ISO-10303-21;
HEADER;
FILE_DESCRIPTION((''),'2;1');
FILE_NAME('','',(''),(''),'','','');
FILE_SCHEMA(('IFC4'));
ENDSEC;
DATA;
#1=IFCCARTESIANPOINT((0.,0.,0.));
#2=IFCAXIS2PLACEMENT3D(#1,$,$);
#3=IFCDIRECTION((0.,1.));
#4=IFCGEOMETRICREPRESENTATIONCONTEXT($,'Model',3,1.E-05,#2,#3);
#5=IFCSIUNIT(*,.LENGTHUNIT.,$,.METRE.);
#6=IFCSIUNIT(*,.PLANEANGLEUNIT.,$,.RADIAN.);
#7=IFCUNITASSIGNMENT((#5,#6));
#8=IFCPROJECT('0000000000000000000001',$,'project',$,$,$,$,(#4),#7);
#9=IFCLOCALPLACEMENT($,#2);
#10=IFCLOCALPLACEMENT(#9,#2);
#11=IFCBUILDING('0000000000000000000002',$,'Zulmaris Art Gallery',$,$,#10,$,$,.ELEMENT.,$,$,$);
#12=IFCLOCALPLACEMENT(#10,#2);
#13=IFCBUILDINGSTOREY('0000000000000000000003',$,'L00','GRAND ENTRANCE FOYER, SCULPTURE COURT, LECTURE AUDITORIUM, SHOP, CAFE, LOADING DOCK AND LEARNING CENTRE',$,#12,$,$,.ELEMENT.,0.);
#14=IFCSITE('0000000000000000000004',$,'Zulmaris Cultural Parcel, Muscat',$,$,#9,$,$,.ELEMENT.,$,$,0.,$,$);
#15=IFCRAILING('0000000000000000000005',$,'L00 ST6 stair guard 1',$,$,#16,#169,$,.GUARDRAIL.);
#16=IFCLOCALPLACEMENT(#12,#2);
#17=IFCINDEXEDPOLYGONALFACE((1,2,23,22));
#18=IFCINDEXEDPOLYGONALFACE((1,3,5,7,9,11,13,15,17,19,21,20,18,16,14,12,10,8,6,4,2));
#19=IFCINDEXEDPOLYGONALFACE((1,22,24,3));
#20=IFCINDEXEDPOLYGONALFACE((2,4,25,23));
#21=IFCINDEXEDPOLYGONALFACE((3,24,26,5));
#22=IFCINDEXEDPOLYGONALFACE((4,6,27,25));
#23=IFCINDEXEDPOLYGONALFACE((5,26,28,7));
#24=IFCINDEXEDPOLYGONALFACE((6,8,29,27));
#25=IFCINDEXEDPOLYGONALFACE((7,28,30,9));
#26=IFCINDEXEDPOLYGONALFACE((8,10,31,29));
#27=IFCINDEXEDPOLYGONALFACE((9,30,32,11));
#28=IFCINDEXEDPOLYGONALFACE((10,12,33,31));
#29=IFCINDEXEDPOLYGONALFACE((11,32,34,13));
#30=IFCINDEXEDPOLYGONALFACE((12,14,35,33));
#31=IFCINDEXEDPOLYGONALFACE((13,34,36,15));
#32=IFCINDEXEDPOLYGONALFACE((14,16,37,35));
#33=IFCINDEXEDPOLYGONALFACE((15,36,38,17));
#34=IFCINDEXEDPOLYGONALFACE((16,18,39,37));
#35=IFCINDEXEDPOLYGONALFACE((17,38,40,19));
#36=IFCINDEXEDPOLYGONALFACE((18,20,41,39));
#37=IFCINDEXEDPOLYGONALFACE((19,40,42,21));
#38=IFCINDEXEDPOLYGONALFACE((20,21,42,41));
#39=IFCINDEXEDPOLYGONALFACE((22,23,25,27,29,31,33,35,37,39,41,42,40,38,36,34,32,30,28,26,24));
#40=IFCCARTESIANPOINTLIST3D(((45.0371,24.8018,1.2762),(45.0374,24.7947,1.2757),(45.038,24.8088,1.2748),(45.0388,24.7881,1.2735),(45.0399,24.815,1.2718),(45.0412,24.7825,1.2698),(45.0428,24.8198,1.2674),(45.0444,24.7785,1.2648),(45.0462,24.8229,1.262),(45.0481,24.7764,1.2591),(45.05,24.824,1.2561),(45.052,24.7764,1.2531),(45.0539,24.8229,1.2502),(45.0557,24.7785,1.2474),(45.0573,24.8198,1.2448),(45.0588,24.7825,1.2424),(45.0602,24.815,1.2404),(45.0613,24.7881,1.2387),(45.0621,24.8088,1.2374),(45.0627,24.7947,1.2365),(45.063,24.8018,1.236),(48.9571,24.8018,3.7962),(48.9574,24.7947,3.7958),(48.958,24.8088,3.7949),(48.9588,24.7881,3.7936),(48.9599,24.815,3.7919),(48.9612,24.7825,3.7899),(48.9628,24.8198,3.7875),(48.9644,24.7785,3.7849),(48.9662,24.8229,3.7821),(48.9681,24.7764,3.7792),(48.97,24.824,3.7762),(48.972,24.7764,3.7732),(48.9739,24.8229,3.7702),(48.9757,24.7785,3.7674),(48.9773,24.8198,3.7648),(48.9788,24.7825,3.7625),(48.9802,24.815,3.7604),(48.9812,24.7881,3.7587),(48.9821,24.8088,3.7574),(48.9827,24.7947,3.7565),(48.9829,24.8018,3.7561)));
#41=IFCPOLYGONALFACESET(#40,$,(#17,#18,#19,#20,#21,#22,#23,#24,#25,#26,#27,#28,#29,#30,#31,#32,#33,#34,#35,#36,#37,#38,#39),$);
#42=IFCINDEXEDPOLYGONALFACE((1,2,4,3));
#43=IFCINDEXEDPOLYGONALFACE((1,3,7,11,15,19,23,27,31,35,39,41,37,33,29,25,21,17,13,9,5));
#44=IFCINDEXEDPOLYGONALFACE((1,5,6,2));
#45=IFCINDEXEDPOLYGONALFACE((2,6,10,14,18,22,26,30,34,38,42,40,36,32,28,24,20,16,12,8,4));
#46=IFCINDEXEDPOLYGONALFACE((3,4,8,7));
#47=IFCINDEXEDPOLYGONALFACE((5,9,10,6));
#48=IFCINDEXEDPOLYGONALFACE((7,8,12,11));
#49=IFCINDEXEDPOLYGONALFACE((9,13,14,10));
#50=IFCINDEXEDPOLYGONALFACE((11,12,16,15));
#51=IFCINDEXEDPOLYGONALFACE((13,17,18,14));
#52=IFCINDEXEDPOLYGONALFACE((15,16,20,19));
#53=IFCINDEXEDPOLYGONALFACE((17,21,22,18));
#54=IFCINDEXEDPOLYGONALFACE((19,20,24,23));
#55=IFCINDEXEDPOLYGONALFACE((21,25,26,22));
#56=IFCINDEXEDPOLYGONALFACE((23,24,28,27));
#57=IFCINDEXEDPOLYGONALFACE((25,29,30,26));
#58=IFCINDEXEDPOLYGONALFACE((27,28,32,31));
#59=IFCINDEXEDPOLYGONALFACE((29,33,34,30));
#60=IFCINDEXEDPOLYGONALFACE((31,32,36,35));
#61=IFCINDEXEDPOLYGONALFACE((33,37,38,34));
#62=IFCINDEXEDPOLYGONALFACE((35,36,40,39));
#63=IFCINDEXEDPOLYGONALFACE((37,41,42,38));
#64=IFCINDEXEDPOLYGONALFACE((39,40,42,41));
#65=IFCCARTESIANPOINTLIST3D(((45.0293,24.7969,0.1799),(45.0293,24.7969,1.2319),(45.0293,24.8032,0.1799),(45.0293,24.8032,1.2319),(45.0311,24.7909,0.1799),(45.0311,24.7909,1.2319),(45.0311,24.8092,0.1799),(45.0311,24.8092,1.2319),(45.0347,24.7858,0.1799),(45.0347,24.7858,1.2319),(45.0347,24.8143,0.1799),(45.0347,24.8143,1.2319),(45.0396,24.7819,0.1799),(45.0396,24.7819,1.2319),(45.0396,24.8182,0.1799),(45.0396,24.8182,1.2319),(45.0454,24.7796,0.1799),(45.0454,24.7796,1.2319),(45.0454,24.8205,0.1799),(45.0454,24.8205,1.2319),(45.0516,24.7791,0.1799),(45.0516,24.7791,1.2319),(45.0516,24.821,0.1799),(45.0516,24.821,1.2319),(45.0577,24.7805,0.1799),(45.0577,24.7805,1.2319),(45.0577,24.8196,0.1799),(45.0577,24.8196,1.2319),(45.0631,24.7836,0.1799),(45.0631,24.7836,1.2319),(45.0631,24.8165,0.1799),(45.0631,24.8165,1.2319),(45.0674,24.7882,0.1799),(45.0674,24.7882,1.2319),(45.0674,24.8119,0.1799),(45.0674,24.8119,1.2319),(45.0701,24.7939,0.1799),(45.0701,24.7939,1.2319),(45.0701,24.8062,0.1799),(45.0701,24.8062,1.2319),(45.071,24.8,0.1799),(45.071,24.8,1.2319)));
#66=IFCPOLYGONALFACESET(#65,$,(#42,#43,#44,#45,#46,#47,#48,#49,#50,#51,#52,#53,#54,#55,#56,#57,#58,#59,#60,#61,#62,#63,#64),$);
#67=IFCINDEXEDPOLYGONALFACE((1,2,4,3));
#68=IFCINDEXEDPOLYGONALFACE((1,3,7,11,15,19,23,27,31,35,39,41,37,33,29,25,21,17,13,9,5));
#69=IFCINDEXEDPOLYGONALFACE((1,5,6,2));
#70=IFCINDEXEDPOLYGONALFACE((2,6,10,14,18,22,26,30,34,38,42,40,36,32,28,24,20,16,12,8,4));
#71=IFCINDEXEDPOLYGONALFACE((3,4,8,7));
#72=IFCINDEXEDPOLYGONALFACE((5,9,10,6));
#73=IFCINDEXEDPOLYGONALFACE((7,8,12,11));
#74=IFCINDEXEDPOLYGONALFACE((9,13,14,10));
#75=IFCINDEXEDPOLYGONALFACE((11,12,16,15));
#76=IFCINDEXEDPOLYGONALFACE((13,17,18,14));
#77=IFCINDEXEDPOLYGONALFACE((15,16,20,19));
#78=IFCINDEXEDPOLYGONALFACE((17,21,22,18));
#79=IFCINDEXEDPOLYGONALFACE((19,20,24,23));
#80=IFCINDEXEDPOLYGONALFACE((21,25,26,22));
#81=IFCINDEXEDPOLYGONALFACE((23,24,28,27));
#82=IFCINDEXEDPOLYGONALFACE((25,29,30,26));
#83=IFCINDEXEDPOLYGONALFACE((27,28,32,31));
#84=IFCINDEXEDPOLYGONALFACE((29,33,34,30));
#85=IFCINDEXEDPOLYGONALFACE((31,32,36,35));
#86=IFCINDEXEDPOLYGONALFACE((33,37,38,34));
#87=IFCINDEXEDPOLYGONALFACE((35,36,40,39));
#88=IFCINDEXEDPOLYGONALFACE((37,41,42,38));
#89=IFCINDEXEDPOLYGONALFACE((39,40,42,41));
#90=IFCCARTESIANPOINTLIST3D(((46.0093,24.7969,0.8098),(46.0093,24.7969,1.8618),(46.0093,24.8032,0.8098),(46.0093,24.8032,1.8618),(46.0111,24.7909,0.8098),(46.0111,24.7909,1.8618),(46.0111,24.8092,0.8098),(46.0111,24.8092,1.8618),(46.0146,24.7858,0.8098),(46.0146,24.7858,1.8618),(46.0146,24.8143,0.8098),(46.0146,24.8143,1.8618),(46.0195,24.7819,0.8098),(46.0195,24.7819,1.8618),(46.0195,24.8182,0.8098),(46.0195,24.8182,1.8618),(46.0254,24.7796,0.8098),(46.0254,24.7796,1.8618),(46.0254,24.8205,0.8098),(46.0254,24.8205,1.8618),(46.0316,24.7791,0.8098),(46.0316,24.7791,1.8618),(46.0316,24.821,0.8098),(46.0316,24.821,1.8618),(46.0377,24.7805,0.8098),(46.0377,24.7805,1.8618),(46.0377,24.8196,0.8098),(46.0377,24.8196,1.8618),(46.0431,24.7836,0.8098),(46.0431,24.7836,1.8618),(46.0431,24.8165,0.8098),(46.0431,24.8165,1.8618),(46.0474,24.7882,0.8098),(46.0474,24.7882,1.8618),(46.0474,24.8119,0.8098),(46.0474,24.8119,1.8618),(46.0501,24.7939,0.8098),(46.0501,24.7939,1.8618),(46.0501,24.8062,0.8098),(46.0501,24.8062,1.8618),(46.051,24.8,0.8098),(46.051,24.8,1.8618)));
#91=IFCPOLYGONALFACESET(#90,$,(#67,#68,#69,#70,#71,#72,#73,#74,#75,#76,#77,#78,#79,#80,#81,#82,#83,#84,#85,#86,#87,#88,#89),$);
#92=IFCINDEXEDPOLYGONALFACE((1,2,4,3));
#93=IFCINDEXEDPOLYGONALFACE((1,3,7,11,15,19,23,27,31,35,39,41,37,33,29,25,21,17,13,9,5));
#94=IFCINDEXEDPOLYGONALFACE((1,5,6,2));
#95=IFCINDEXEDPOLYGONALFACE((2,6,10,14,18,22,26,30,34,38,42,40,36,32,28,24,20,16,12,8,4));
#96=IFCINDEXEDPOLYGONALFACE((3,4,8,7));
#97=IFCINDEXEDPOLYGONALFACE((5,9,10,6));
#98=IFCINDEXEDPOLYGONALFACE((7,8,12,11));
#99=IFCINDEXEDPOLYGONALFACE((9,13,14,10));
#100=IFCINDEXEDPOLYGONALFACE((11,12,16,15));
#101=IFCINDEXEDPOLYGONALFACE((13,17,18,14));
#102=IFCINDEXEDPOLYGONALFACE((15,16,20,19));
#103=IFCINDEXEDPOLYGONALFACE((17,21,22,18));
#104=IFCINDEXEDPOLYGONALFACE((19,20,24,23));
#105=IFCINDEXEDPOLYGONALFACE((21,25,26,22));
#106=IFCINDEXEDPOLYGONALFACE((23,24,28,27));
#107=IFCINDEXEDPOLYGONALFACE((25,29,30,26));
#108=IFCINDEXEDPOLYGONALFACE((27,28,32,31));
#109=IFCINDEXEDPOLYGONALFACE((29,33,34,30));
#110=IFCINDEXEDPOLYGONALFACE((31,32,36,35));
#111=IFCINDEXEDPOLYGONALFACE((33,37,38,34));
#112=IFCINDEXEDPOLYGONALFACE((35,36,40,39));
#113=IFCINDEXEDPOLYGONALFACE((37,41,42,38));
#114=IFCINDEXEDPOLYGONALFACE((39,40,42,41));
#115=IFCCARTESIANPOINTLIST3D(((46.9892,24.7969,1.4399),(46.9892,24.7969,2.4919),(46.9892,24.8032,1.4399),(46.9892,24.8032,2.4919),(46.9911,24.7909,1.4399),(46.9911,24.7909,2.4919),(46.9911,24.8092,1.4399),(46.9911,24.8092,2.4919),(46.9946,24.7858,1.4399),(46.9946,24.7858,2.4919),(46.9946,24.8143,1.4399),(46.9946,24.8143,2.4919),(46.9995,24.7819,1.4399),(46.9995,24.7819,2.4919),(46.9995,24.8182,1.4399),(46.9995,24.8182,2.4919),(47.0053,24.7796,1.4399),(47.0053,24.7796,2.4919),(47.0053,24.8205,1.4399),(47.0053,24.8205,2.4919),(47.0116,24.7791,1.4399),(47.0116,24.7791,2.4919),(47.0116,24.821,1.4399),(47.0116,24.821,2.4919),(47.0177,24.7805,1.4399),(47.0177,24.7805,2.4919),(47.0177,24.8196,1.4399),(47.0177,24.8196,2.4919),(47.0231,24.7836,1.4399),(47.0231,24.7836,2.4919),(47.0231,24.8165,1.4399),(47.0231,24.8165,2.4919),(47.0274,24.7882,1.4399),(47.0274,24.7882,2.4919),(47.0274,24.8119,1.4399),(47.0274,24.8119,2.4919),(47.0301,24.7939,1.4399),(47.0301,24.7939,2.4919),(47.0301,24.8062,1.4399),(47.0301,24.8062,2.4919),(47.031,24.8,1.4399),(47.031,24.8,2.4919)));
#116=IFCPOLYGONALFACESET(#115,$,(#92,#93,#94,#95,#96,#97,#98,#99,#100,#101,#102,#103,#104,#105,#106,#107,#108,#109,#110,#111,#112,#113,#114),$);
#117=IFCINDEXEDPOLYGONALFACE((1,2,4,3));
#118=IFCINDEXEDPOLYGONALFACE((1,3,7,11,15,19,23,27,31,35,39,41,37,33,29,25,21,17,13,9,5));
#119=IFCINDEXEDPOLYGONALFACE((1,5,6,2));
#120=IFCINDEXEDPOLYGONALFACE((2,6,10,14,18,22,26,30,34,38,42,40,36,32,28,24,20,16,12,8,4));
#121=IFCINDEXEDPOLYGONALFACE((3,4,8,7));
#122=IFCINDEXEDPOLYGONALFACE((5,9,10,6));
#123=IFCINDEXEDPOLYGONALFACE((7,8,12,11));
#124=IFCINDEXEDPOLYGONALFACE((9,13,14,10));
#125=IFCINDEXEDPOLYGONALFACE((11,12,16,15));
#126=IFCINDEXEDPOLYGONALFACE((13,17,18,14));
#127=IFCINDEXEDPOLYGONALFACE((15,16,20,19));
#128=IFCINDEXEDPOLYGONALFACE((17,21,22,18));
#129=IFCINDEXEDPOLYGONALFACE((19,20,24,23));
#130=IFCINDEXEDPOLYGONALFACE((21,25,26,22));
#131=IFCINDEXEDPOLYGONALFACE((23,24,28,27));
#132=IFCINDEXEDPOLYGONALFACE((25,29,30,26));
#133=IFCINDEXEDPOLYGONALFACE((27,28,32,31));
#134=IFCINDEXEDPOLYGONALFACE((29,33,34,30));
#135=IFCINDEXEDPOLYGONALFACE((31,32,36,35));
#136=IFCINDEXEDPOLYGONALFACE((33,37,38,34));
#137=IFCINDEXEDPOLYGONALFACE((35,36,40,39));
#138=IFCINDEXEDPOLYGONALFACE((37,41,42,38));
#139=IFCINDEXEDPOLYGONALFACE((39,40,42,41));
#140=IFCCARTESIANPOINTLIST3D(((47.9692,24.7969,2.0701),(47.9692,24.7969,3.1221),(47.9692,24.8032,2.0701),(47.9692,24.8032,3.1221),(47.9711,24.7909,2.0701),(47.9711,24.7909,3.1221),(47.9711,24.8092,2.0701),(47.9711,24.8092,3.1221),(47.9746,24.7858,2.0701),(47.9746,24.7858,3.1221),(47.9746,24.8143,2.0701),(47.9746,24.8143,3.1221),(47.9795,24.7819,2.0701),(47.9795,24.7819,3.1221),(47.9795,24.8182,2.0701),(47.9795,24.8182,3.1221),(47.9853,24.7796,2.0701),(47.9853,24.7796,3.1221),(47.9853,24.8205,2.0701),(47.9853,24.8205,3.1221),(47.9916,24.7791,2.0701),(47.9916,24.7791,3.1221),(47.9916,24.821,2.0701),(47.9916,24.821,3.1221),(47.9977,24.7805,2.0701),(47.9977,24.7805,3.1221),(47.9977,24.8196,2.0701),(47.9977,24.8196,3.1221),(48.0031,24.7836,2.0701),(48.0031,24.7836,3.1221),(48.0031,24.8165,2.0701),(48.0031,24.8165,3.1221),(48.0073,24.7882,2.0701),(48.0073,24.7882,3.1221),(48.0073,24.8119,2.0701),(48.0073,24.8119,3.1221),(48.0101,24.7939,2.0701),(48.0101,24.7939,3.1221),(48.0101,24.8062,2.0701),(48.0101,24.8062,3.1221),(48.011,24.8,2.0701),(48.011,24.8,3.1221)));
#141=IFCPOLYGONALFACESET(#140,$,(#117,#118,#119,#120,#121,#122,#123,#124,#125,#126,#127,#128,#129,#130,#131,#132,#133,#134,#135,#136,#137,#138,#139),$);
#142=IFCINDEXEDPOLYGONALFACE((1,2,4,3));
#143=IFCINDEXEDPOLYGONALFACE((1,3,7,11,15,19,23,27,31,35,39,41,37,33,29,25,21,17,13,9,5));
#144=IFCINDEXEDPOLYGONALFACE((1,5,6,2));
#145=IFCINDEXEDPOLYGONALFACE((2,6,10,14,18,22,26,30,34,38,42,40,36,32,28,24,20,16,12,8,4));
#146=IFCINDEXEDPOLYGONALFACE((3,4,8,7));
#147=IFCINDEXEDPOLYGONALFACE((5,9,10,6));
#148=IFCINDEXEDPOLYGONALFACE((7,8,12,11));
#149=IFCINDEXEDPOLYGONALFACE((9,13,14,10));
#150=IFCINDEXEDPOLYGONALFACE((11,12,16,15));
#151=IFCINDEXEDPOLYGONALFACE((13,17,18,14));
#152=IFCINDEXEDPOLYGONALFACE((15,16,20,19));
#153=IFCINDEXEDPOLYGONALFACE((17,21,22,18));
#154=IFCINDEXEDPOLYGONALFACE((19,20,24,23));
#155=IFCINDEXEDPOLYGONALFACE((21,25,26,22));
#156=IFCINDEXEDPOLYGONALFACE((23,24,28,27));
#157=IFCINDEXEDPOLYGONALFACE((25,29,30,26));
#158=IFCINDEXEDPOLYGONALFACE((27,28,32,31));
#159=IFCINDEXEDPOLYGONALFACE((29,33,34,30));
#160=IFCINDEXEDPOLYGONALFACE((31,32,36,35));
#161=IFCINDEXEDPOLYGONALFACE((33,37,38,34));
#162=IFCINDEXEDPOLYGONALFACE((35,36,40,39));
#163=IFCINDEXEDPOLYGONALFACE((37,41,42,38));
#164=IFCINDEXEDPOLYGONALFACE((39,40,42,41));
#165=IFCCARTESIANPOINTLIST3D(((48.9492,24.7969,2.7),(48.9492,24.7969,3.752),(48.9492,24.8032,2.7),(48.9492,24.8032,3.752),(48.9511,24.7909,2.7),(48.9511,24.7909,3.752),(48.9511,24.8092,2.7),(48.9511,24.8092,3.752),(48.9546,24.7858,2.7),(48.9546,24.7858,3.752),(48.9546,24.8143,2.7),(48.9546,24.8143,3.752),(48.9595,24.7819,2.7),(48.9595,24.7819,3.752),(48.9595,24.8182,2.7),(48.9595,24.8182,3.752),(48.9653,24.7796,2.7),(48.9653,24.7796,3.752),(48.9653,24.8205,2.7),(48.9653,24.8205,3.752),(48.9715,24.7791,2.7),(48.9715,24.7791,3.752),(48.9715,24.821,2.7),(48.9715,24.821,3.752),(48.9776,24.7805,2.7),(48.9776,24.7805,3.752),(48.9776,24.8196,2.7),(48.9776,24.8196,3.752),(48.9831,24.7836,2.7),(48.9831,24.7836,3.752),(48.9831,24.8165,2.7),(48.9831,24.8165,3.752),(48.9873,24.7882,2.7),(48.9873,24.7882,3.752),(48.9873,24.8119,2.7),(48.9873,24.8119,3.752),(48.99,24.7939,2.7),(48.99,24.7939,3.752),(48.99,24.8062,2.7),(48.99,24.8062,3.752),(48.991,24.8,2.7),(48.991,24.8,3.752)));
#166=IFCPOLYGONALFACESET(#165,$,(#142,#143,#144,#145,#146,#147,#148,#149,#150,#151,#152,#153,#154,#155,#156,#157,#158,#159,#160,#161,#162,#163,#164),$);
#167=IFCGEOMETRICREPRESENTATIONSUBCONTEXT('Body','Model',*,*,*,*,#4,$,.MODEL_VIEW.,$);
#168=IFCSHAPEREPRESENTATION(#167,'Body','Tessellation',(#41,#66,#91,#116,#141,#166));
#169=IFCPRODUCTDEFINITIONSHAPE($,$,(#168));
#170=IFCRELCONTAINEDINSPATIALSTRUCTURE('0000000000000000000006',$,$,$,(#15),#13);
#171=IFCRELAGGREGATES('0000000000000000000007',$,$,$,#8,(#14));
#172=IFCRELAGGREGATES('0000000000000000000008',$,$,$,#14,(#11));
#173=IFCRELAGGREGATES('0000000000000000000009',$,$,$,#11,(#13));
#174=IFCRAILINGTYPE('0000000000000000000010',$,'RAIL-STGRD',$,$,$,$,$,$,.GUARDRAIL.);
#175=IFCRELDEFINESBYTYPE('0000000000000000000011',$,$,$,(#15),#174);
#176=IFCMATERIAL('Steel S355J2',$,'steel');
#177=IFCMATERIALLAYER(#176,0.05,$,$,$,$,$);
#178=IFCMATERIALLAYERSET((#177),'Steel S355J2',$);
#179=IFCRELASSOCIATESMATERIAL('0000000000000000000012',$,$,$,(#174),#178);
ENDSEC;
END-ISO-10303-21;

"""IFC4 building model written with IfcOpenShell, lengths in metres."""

from ifc_helpers import new_model, si_unit, direction, frame, origin, origin_2d, place, context, subcontext, project, spatial, circle, extrude, material, layer, layer_set, type_object, element, save


model = new_model("IFC4")

# Units and contexts
model_context = context("Model", 3, precision=1e-05, world=origin(), true_north=direction((0.0, 1.0)))
body_context = subcontext(model_context, "Body", "Model", "MODEL_VIEW")
ifc_project = project(units=[si_unit("LENGTHUNIT", "METRE"), si_unit("PLANEANGLEUNIT", "RADIAN")], contexts=[model_context])

# Site, building, storey
site_placement = place(None, origin())
site = spatial("IfcSite", under=ifc_project, at=site_placement, Name="Zulmaris Cultural Parcel, Muscat", CompositionType="ELEMENT", RefElevation=0.0)
building_placement = place(site_placement, origin())
building = spatial("IfcBuilding", under=site, at=building_placement, Name="Zulmaris Art Gallery", CompositionType="ELEMENT")
storey_placement = place(building_placement, origin())
storey = spatial("IfcBuildingStorey", under=building, at=storey_placement, Name="L00", Description="GRAND ENTRANCE FOYER, SCULPTURE COURT, LECTURE AUDITORIUM, SHOP, CAFE, LOADING DOCK AND LEARNING CENTRE", CompositionType="ELEMENT", Elevation=0.0)

# Shared definitions
ifc_material_1 = material(Name="Steel S355J2", Category="steel")

# Railing
ifc_layer_1 = layer(ifc_material_1, 0.05)
ifc_layer_set_1 = layer_set([ifc_layer_1], Name="Steel S355J2")
railing_type_1 = type_object("IfcRailingType", Name="RAIL-STGRD", PredefinedType="GUARDRAIL", material=ifc_layer_set_1)
railing_1_placement = place(storey_placement, frame((45.05, 24.8, 0.1799)))
element("IfcRailing", 1, at=railing_1_placement, inside=storey, type_object=railing_type_1, Name="L00 ST6 stair guard 1", PredefinedType="GUARDRAIL", context=body_context, shape_type="SweptSolid", body=[
    extrude(circle(Radius=0.0239, at=origin_2d()), frame((0.0, 0.0, 1.0762), z_axis=(0.841172, 0.0, 0.540768), x_axis=(0.0, 1.0, 0.0)), (0.0, 0.0, 1.0), 4.6602),
    extrude(circle(Radius=0.021, at=origin_2d()), origin(), (0.0, 0.0, 1.0), 1.052),
    extrude(circle(Radius=0.021, at=origin_2d()), frame((0.98, 0.0, 0.6299)), (0.0, 0.0, 1.0), 1.052),
    extrude(circle(Radius=0.021, at=origin_2d()), frame((1.96, 0.0, 1.26)), (0.0, 0.0, 1.0), 1.052),
    extrude(circle(Radius=0.021, at=origin_2d()), frame((2.9399, 0.0, 1.8901)), (0.0, 0.0, 1.0), 1.052),
    extrude(circle(Radius=0.021, at=origin_2d()), frame((3.9199, 0.0, 2.52)), (0.0, 0.0, 1.0), 1.052),
])

save(model, "model.ifc")
